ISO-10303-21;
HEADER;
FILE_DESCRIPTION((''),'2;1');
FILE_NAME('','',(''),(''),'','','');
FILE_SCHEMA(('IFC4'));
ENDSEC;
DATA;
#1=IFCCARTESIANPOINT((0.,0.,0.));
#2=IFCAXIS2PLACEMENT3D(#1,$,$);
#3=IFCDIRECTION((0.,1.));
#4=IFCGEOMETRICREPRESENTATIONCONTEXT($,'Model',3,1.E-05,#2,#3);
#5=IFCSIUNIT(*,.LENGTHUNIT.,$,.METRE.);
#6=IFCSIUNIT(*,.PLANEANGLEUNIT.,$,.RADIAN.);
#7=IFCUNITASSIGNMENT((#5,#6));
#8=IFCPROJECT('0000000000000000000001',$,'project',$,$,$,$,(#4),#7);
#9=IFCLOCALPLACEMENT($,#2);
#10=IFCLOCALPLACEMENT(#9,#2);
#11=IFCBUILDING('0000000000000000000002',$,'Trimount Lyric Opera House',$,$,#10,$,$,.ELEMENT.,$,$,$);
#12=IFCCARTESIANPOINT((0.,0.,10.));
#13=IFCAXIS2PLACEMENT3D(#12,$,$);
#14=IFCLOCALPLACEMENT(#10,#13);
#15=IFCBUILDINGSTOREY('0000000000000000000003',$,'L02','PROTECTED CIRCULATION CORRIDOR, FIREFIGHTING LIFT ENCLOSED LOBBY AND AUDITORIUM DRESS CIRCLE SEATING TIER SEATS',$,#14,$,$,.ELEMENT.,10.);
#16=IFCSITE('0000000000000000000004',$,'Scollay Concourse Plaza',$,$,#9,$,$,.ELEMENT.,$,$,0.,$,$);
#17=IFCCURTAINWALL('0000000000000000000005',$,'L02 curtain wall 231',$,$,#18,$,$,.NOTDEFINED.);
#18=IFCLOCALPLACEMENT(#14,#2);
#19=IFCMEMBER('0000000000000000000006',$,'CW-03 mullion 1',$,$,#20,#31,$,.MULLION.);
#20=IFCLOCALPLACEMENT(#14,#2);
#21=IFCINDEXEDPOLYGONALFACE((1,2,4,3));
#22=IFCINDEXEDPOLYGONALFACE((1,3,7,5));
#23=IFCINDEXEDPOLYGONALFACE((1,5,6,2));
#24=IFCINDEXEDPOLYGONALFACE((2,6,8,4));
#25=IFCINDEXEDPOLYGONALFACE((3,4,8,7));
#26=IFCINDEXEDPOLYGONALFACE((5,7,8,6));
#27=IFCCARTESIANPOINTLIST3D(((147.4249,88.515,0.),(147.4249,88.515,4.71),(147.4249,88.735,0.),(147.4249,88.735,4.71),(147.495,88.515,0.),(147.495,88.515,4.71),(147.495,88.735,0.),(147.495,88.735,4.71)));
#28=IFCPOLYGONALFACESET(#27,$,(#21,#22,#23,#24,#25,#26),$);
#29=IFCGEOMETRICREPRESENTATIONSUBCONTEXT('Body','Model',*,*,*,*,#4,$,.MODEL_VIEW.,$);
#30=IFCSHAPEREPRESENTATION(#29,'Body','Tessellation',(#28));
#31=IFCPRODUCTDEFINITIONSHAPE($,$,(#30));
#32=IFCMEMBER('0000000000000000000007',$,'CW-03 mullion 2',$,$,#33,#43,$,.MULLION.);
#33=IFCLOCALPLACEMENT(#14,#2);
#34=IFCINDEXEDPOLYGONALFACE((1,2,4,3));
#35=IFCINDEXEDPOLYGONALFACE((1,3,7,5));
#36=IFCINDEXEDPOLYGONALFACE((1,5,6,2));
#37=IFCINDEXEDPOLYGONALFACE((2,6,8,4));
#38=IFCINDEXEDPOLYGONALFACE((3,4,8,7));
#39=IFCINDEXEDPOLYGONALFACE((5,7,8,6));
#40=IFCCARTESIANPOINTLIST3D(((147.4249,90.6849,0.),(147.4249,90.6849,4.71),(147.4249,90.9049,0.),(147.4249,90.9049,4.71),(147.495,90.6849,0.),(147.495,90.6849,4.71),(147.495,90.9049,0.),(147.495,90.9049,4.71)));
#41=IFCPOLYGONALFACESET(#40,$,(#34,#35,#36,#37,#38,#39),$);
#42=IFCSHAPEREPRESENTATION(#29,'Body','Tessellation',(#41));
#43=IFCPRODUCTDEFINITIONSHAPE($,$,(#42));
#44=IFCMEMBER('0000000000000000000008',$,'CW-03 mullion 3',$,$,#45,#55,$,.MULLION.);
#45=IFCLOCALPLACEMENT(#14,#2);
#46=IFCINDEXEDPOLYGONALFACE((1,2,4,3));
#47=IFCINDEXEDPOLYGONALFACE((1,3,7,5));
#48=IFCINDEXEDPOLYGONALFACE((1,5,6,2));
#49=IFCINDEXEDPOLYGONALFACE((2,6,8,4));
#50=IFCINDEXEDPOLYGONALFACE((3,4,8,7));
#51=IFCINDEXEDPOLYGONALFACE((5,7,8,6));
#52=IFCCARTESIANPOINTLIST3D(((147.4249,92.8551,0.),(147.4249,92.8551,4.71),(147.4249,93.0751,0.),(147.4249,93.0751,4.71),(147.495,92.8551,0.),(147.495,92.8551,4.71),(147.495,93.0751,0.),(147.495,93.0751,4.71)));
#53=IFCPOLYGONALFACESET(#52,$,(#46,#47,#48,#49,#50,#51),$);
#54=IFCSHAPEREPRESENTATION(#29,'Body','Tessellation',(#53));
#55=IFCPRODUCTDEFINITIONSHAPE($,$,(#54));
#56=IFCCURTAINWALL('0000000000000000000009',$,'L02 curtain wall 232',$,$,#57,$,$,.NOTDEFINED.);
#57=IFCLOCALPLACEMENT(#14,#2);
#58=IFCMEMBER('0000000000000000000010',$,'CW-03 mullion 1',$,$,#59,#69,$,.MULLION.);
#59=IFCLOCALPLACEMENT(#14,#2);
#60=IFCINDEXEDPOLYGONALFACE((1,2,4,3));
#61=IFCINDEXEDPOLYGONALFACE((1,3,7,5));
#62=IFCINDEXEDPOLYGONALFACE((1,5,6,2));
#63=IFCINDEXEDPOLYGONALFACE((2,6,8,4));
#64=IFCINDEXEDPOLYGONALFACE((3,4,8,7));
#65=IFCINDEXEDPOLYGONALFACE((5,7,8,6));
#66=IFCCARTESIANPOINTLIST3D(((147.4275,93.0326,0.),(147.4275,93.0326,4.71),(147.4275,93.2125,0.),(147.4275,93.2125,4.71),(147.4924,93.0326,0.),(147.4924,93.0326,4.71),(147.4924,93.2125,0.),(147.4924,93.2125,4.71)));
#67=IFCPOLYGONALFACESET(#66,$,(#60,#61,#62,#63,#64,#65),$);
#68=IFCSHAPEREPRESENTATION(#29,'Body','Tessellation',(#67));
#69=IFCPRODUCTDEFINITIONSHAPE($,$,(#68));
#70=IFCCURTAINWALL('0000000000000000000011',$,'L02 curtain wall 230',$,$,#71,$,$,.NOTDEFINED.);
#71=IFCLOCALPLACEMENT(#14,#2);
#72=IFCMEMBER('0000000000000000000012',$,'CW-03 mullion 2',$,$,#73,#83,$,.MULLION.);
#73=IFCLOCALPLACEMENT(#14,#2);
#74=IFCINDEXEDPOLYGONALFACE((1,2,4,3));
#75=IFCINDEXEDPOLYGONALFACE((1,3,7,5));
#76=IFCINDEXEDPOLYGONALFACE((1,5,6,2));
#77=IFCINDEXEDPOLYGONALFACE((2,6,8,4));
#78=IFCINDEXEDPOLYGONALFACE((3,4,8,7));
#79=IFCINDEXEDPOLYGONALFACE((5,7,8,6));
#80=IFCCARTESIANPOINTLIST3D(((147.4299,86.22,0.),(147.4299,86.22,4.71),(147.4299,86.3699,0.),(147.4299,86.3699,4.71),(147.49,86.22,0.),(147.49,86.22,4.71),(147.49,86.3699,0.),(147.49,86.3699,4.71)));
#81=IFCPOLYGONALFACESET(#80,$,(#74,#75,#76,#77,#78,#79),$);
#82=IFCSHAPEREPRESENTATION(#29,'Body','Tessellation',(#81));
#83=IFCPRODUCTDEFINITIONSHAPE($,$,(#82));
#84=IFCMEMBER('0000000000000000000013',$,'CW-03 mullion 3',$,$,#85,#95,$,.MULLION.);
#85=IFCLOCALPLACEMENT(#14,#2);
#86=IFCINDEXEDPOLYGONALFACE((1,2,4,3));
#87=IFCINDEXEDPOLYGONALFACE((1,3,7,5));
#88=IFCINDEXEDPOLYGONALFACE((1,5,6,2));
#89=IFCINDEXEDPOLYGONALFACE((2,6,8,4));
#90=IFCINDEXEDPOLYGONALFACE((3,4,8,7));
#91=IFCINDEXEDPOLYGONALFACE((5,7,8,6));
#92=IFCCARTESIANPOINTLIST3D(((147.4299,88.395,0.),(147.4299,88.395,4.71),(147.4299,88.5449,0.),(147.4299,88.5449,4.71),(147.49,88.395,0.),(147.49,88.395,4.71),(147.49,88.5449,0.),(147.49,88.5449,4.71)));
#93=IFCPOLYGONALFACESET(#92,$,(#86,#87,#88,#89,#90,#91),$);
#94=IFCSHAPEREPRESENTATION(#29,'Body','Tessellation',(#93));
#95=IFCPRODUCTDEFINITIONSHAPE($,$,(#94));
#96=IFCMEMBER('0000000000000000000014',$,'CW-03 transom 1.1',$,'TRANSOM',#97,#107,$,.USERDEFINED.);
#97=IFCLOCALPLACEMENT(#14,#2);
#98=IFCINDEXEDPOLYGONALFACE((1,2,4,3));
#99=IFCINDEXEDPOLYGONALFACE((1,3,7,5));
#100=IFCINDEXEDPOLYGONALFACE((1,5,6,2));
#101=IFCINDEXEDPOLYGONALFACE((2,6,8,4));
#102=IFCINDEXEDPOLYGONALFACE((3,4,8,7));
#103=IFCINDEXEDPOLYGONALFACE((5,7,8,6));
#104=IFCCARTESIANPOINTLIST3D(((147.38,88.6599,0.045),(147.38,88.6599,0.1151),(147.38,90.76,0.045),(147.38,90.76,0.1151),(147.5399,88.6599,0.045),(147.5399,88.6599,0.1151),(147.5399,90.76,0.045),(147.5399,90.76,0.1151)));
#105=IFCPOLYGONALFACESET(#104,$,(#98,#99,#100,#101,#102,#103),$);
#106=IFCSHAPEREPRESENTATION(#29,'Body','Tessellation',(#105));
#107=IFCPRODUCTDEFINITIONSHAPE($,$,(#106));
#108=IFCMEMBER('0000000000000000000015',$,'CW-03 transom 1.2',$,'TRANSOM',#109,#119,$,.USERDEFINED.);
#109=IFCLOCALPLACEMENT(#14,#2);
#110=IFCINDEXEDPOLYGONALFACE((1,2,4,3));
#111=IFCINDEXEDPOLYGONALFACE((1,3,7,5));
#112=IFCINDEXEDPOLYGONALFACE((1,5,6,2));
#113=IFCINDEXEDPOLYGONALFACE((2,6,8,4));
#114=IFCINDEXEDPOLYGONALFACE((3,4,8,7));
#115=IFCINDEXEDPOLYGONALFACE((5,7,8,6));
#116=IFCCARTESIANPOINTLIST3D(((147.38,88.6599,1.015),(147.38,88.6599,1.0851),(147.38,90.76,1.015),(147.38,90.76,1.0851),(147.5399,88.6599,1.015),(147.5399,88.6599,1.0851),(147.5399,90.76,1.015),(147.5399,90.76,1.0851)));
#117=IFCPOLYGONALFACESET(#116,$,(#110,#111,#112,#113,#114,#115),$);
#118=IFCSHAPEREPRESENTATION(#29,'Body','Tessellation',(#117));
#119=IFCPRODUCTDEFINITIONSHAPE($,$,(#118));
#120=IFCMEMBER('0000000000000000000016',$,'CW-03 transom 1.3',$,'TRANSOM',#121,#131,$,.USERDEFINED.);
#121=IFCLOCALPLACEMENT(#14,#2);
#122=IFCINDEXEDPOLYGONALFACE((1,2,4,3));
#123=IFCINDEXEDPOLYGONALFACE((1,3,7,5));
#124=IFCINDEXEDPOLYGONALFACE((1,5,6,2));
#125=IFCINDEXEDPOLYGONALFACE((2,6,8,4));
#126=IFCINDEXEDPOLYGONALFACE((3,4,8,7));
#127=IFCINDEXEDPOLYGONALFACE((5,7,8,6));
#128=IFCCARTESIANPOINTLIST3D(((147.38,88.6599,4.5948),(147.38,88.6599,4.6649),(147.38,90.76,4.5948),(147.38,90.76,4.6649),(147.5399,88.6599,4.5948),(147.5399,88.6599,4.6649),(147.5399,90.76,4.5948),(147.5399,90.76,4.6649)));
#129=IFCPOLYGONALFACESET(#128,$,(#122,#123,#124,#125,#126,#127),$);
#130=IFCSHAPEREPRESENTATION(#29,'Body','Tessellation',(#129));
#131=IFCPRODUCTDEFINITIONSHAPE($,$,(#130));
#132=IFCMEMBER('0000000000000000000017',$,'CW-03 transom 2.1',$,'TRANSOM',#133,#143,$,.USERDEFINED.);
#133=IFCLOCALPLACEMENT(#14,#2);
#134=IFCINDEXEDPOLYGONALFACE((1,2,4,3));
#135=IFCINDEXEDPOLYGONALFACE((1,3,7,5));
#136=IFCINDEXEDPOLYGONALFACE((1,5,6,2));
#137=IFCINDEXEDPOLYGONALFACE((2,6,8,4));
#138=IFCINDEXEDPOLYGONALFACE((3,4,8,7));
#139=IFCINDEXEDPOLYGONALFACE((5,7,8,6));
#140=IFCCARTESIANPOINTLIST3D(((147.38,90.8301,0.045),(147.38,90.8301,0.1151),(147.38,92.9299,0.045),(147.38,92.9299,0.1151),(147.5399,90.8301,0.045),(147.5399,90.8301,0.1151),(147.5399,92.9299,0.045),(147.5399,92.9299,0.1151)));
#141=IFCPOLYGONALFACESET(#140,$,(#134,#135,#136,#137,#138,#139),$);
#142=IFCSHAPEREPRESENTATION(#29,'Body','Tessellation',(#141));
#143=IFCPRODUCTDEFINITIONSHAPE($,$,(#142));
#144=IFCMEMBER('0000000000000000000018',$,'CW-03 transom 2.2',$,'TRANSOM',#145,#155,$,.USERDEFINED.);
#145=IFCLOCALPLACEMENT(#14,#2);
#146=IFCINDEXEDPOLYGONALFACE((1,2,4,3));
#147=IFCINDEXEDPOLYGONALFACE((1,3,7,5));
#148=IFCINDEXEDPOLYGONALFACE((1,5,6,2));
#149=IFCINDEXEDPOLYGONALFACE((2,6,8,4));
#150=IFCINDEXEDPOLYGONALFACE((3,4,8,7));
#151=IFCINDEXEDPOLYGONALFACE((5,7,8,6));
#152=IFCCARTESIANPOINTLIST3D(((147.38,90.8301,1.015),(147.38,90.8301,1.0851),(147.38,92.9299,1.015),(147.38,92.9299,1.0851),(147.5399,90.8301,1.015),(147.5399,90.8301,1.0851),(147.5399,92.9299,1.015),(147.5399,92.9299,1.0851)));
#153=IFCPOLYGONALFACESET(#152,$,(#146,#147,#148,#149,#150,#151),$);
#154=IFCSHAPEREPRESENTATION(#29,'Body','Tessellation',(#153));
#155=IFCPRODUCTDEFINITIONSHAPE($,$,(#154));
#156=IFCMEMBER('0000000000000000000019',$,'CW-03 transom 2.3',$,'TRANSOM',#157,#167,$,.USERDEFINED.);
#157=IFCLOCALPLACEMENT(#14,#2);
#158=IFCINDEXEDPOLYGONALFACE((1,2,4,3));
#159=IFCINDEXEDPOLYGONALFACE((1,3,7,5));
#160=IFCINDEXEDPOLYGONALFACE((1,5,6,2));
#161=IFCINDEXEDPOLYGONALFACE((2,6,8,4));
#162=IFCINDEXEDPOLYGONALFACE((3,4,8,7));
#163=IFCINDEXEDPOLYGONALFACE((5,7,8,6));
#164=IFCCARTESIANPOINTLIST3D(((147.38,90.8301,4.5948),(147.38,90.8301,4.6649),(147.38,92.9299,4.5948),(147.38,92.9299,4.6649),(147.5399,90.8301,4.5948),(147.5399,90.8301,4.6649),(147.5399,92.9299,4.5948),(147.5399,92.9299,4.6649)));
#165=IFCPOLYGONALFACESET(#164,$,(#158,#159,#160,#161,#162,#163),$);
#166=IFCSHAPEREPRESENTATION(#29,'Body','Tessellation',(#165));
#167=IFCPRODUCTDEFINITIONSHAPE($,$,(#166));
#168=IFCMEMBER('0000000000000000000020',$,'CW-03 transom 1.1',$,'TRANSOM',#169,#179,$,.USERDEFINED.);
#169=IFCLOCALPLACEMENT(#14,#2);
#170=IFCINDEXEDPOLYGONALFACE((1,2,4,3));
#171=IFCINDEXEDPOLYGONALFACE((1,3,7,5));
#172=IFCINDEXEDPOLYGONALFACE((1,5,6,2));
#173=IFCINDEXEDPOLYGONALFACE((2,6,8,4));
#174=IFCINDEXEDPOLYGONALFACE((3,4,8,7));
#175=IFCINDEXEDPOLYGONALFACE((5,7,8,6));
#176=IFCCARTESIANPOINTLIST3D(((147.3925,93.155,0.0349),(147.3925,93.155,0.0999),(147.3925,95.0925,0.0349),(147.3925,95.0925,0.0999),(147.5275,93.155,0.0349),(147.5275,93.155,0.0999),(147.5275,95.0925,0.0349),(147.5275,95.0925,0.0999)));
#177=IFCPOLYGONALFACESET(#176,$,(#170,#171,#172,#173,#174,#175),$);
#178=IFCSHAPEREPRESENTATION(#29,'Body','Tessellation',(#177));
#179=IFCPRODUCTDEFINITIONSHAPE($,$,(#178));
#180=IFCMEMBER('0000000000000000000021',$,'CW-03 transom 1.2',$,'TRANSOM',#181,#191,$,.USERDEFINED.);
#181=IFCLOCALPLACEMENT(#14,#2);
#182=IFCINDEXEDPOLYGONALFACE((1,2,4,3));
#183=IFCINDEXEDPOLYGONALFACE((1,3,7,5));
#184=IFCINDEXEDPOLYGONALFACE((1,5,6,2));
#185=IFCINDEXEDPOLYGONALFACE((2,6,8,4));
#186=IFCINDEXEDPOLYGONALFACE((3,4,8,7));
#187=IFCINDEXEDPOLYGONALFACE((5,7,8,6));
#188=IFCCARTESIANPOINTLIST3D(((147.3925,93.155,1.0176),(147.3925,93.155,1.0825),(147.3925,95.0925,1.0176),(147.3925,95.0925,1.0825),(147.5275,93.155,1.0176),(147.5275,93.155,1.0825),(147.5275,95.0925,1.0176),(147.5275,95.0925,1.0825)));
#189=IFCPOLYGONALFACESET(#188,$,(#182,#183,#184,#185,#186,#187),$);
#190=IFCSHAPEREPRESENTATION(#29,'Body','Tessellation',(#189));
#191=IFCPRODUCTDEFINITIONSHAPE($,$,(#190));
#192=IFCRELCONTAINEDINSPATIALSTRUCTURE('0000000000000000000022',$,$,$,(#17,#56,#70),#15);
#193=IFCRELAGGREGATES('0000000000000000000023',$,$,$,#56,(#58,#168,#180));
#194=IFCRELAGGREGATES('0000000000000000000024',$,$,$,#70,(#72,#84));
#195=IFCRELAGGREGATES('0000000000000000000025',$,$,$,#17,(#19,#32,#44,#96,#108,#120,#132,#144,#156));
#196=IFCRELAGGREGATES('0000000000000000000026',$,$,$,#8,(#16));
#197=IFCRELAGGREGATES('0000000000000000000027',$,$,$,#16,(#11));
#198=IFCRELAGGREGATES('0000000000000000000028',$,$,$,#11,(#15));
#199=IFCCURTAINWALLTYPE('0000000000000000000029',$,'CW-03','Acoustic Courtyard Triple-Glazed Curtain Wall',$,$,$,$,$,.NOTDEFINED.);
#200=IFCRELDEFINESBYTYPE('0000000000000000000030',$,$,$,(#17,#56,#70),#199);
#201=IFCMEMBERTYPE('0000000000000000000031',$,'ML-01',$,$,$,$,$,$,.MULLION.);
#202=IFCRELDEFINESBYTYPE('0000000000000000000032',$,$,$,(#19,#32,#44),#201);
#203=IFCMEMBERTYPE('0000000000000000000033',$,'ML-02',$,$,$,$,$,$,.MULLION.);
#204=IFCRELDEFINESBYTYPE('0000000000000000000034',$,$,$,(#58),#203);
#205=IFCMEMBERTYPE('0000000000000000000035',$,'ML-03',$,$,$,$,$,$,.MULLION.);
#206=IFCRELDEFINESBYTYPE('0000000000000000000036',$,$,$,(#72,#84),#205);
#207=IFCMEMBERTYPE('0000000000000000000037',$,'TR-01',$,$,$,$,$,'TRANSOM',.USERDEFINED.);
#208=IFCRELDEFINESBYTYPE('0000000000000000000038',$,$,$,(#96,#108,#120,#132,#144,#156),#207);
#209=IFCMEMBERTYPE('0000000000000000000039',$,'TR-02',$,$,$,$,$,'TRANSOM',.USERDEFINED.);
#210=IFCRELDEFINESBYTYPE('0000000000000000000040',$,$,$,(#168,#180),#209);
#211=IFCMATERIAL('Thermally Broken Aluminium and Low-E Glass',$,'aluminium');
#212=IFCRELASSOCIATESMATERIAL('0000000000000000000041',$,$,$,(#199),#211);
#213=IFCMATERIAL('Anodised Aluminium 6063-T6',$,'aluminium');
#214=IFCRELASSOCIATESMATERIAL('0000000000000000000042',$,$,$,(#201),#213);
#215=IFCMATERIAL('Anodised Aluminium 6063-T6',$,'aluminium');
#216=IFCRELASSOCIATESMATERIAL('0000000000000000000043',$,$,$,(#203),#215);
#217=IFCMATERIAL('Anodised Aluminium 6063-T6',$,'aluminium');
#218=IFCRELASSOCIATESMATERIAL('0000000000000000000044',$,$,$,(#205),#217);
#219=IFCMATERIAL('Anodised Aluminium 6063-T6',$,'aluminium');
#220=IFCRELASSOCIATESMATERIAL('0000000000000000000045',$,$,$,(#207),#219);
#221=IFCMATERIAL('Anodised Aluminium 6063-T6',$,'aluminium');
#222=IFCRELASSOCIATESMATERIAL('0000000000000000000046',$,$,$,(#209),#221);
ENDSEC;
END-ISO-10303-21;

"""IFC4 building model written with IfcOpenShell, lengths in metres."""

from ifc_helpers import new_model, si_unit, direction, frame, origin, origin_2d, place, context, subcontext, project, spatial, rectangle, extrude, material, material_profile, profile_set, type_object, element, aggregate, save


model = new_model("IFC4")

# Units and contexts
model_context = context("Model", 3, precision=1e-05, world=origin(), true_north=direction((0.0, 1.0)))
body_context = subcontext(model_context, "Body", "Model", "MODEL_VIEW")
ifc_project = project(units=[si_unit("LENGTHUNIT", "METRE"), si_unit("PLANEANGLEUNIT", "RADIAN")], contexts=[model_context])

# Site, building, storey
site_placement = place(None, origin())
site = spatial("IfcSite", under=ifc_project, at=site_placement, Name="Scollay Concourse Plaza", CompositionType="ELEMENT", RefElevation=0.0)
building_placement = place(site_placement, origin())
building = spatial("IfcBuilding", under=site, at=building_placement, Name="Trimount Lyric Opera House", CompositionType="ELEMENT")
storey_placement = place(building_placement, frame((0.0, 0.0, 10.0)))
storey = spatial("IfcBuildingStorey", under=building, at=storey_placement, Name="L02", Description="PROTECTED CIRCULATION CORRIDOR, FIREFIGHTING LIFT ENCLOSED LOBBY AND AUDITORIUM DRESS CIRCLE SEATING TIER SEATS", CompositionType="ELEMENT", Elevation=10.0)

# Curtain wall, members
ifc_material_1 = material(Name="Thermally Broken Aluminium and Low-E Glass", Category="aluminium")
curtain_wall_type = type_object("IfcCurtainWallType", Name="CW-03", Description="Acoustic Courtyard Triple-Glazed Curtain Wall", PredefinedType="NOTDEFINED", material=ifc_material_1)
curtain_wall_1_placement = place(storey_placement, origin())
curtain_wall_1 = element("IfcCurtainWall", 1, at=curtain_wall_1_placement, inside=storey, type_object=curtain_wall_type, Name="L02 curtain wall 231", PredefinedType="NOTDEFINED")
ifc_material_2 = material(Name="Anodised Aluminium 6063-T6", Category="aluminium")
ifc_material_profile_1 = material_profile(ifc_material_2, rectangle(XDim=0.0701, YDim=0.22, at=origin_2d()), Name="ALU-MULL-70X220")
ifc_profile_set_1 = profile_set([ifc_material_profile_1], Name="Anodised Aluminium 6063-T6")
member_type_1 = type_object("IfcMemberType", Name="ML-01", PredefinedType="MULLION", material=ifc_profile_set_1)
member_1_placement = place(storey_placement, frame((147.46, 88.625, 0.0), z_axis=(0.0, 0.0, 1.0), x_axis=(-1.0, 0.0, 0.0)))
member_1 = element("IfcMember", 2, at=member_1_placement, type_object=member_type_1, Name="CW-03 mullion 1", PredefinedType="MULLION", context=body_context, shape_type="SweptSolid", body=[
    extrude(rectangle(XDim=0.0701, YDim=0.22, at=origin_2d()), origin(), (0.0, 0.0, 1.0), 4.71),
])
member_2_placement = place(storey_placement, frame((147.46, 90.7949, 0.0), z_axis=(0.0, 0.0, 1.0), x_axis=(-1.0, 0.0, 0.0)))
member_2 = element("IfcMember", 3, at=member_2_placement, type_object=member_type_1, Name="CW-03 mullion 2", PredefinedType="MULLION", context=body_context, shape_type="SweptSolid", body=[
    extrude(rectangle(XDim=0.0701, YDim=0.22, at=origin_2d()), origin(), (0.0, 0.0, 1.0), 4.71),
])
member_3_placement = place(storey_placement, frame((147.46, 92.9651, 0.0), z_axis=(0.0, 0.0, 1.0), x_axis=(-1.0, 0.0, 0.0)))
member_3 = element("IfcMember", 4, at=member_3_placement, type_object=member_type_1, Name="CW-03 mullion 3", PredefinedType="MULLION", context=body_context, shape_type="SweptSolid", body=[
    extrude(rectangle(XDim=0.0701, YDim=0.22, at=origin_2d()), origin(), (0.0, 0.0, 1.0), 4.71),
])

# Curtain wall, member
curtain_wall_2_placement = place(storey_placement, origin())
curtain_wall_2 = element("IfcCurtainWall", 5, at=curtain_wall_2_placement, inside=storey, type_object=curtain_wall_type, Name="L02 curtain wall 232", PredefinedType="NOTDEFINED")
ifc_material_3 = material(Name="Anodised Aluminium 6063-T6", Category="aluminium")
ifc_material_profile_2 = material_profile(ifc_material_3, rectangle(XDim=0.0649, YDim=0.1799, at=origin_2d()), Name="ALU-MULL-65X180")
ifc_profile_set_2 = profile_set([ifc_material_profile_2], Name="Anodised Aluminium 6063-T6")
member_type_2 = type_object("IfcMemberType", Name="ML-02", PredefinedType="MULLION", material=ifc_profile_set_2)
member_4_placement = place(storey_placement, frame((147.46, 93.1226, 0.0), z_axis=(0.0, 0.0, 1.0), x_axis=(-1.0, 0.0, 0.0)))
member_4 = element("IfcMember", 6, at=member_4_placement, type_object=member_type_2, Name="CW-03 mullion 1", PredefinedType="MULLION", context=body_context, shape_type="SweptSolid", body=[
    extrude(rectangle(XDim=0.0649, YDim=0.1799, at=origin_2d()), origin(), (0.0, 0.0, 1.0), 4.71),
])

# Curtain wall, members
curtain_wall_3_placement = place(storey_placement, origin())
curtain_wall_3 = element("IfcCurtainWall", 7, at=curtain_wall_3_placement, inside=storey, type_object=curtain_wall_type, Name="L02 curtain wall 230", PredefinedType="NOTDEFINED")
ifc_material_4 = material(Name="Anodised Aluminium 6063-T6", Category="aluminium")
ifc_material_profile_3 = material_profile(ifc_material_4, rectangle(XDim=0.0601, YDim=0.1499, at=origin_2d()), Name="ALU-MULL-60X150")
ifc_profile_set_3 = profile_set([ifc_material_profile_3], Name="Anodised Aluminium 6063-T6")
member_type_3 = type_object("IfcMemberType", Name="ML-03", PredefinedType="MULLION", material=ifc_profile_set_3)
member_5_placement = place(storey_placement, frame((147.46, 86.2949, 0.0), z_axis=(0.0, 0.0, 1.0), x_axis=(-1.0, 0.0, 0.0)))
member_5 = element("IfcMember", 8, at=member_5_placement, type_object=member_type_3, Name="CW-03 mullion 2", PredefinedType="MULLION", context=body_context, shape_type="SweptSolid", body=[
    extrude(rectangle(XDim=0.0601, YDim=0.1499, at=origin_2d()), origin(), (0.0, 0.0, 1.0), 4.71),
])
member_6_placement = place(storey_placement, frame((147.46, 88.47, 0.0), z_axis=(0.0, 0.0, 1.0), x_axis=(-1.0, 0.0, 0.0)))
member_6 = element("IfcMember", 9, at=member_6_placement, type_object=member_type_3, Name="CW-03 mullion 3", PredefinedType="MULLION", context=body_context, shape_type="SweptSolid", body=[
    extrude(rectangle(XDim=0.0601, YDim=0.1499, at=origin_2d()), origin(), (0.0, 0.0, 1.0), 4.71),
])

# Members
ifc_material_5 = material(Name="Anodised Aluminium 6063-T6", Category="aluminium")
ifc_material_profile_4 = material_profile(ifc_material_5, rectangle(XDim=0.1599, YDim=0.0701, at=origin_2d()), Name="ALU-TRAN-70X160")
ifc_profile_set_4 = profile_set([ifc_material_profile_4], Name="Anodised Aluminium 6063-T6")
member_type_4 = type_object("IfcMemberType", Name="TR-01", ElementType="TRANSOM", PredefinedType="USERDEFINED", material=ifc_profile_set_4)
member_7_placement = place(storey_placement, frame((147.46, 88.6599, 0.0801), z_axis=(0.0, 1.0, 0.0), x_axis=(-1.0, 0.0, 0.0)))
member_7 = element("IfcMember", 10, at=member_7_placement, type_object=member_type_4, Name="CW-03 transom 1.1", ObjectType="TRANSOM", PredefinedType="USERDEFINED", context=body_context, shape_type="SweptSolid", body=[
    extrude(rectangle(XDim=0.1599, YDim=0.0701, at=origin_2d()), origin(), (0.0, 0.0, 1.0), 2.1001),
])
member_8_placement = place(storey_placement, frame((147.46, 88.6599, 1.05), z_axis=(0.0, 1.0, 0.0), x_axis=(-1.0, 0.0, 0.0)))
member_8 = element("IfcMember", 11, at=member_8_placement, type_object=member_type_4, Name="CW-03 transom 1.2", ObjectType="TRANSOM", PredefinedType="USERDEFINED", context=body_context, shape_type="SweptSolid", body=[
    extrude(rectangle(XDim=0.1599, YDim=0.0701, at=origin_2d()), origin(), (0.0, 0.0, 1.0), 2.1001),
])
member_9_placement = place(storey_placement, frame((147.46, 88.6599, 4.6299), z_axis=(0.0, 1.0, 0.0), x_axis=(-1.0, 0.0, 0.0)))
member_9 = element("IfcMember", 12, at=member_9_placement, type_object=member_type_4, Name="CW-03 transom 1.3", ObjectType="TRANSOM", PredefinedType="USERDEFINED", context=body_context, shape_type="SweptSolid", body=[
    extrude(rectangle(XDim=0.1599, YDim=0.0701, at=origin_2d()), origin(), (0.0, 0.0, 1.0), 2.1001),
])
member_10_placement = place(storey_placement, frame((147.46, 90.8301, 0.0801), z_axis=(0.0, 1.0, 0.0), x_axis=(-1.0, 0.0, 0.0)))
member_10 = element("IfcMember", 13, at=member_10_placement, type_object=member_type_4, Name="CW-03 transom 2.1", ObjectType="TRANSOM", PredefinedType="USERDEFINED", context=body_context, shape_type="SweptSolid", body=[
    extrude(rectangle(XDim=0.1599, YDim=0.0701, at=origin_2d()), origin(), (0.0, 0.0, 1.0), 2.0999),
])
member_11_placement = place(storey_placement, frame((147.46, 90.8301, 1.05), z_axis=(0.0, 1.0, 0.0), x_axis=(-1.0, 0.0, 0.0)))
member_11 = element("IfcMember", 14, at=member_11_placement, type_object=member_type_4, Name="CW-03 transom 2.2", ObjectType="TRANSOM", PredefinedType="USERDEFINED", context=body_context, shape_type="SweptSolid", body=[
    extrude(rectangle(XDim=0.1599, YDim=0.0701, at=origin_2d()), origin(), (0.0, 0.0, 1.0), 2.0999),
])
member_12_placement = place(storey_placement, frame((147.46, 90.8301, 4.6299), z_axis=(0.0, 1.0, 0.0), x_axis=(-1.0, 0.0, 0.0)))
member_12 = element("IfcMember", 15, at=member_12_placement, type_object=member_type_4, Name="CW-03 transom 2.3", ObjectType="TRANSOM", PredefinedType="USERDEFINED", context=body_context, shape_type="SweptSolid", body=[
    extrude(rectangle(XDim=0.1599, YDim=0.0701, at=origin_2d()), origin(), (0.0, 0.0, 1.0), 2.0999),
])
ifc_material_6 = material(Name="Anodised Aluminium 6063-T6", Category="aluminium")
ifc_material_profile_5 = material_profile(ifc_material_6, rectangle(XDim=0.135, YDim=0.0649, at=origin_2d()), Name="ALU-TRAN-65X135")
ifc_profile_set_5 = profile_set([ifc_material_profile_5], Name="Anodised Aluminium 6063-T6")
member_type_5 = type_object("IfcMemberType", Name="TR-02", ElementType="TRANSOM", PredefinedType="USERDEFINED", material=ifc_profile_set_5)
member_13_placement = place(storey_placement, frame((147.46, 93.155, 0.0674), z_axis=(0.0, 1.0, 0.0), x_axis=(-1.0, 0.0, 0.0)))
member_13 = element("IfcMember", 16, at=member_13_placement, type_object=member_type_5, Name="CW-03 transom 1.1", ObjectType="TRANSOM", PredefinedType="USERDEFINED", context=body_context, shape_type="SweptSolid", body=[
    extrude(rectangle(XDim=0.135, YDim=0.0649, at=origin_2d()), origin(), (0.0, 0.0, 1.0), 1.9375),
])
member_14_placement = place(storey_placement, frame((147.46, 93.155, 1.05), z_axis=(0.0, 1.0, 0.0), x_axis=(-1.0, 0.0, 0.0)))
member_14 = element("IfcMember", 17, at=member_14_placement, type_object=member_type_5, Name="CW-03 transom 1.2", ObjectType="TRANSOM", PredefinedType="USERDEFINED", context=body_context, shape_type="SweptSolid", body=[
    extrude(rectangle(XDim=0.135, YDim=0.0649, at=origin_2d()), origin(), (0.0, 0.0, 1.0), 1.9375),
])

aggregate(curtain_wall_2, [member_4, member_13, member_14])
aggregate(curtain_wall_3, [member_5, member_6])
aggregate(curtain_wall_1, [member_1, member_2, member_3, member_7, member_8, member_9, member_10, member_11, member_12])

save(model, "model.ifc")
